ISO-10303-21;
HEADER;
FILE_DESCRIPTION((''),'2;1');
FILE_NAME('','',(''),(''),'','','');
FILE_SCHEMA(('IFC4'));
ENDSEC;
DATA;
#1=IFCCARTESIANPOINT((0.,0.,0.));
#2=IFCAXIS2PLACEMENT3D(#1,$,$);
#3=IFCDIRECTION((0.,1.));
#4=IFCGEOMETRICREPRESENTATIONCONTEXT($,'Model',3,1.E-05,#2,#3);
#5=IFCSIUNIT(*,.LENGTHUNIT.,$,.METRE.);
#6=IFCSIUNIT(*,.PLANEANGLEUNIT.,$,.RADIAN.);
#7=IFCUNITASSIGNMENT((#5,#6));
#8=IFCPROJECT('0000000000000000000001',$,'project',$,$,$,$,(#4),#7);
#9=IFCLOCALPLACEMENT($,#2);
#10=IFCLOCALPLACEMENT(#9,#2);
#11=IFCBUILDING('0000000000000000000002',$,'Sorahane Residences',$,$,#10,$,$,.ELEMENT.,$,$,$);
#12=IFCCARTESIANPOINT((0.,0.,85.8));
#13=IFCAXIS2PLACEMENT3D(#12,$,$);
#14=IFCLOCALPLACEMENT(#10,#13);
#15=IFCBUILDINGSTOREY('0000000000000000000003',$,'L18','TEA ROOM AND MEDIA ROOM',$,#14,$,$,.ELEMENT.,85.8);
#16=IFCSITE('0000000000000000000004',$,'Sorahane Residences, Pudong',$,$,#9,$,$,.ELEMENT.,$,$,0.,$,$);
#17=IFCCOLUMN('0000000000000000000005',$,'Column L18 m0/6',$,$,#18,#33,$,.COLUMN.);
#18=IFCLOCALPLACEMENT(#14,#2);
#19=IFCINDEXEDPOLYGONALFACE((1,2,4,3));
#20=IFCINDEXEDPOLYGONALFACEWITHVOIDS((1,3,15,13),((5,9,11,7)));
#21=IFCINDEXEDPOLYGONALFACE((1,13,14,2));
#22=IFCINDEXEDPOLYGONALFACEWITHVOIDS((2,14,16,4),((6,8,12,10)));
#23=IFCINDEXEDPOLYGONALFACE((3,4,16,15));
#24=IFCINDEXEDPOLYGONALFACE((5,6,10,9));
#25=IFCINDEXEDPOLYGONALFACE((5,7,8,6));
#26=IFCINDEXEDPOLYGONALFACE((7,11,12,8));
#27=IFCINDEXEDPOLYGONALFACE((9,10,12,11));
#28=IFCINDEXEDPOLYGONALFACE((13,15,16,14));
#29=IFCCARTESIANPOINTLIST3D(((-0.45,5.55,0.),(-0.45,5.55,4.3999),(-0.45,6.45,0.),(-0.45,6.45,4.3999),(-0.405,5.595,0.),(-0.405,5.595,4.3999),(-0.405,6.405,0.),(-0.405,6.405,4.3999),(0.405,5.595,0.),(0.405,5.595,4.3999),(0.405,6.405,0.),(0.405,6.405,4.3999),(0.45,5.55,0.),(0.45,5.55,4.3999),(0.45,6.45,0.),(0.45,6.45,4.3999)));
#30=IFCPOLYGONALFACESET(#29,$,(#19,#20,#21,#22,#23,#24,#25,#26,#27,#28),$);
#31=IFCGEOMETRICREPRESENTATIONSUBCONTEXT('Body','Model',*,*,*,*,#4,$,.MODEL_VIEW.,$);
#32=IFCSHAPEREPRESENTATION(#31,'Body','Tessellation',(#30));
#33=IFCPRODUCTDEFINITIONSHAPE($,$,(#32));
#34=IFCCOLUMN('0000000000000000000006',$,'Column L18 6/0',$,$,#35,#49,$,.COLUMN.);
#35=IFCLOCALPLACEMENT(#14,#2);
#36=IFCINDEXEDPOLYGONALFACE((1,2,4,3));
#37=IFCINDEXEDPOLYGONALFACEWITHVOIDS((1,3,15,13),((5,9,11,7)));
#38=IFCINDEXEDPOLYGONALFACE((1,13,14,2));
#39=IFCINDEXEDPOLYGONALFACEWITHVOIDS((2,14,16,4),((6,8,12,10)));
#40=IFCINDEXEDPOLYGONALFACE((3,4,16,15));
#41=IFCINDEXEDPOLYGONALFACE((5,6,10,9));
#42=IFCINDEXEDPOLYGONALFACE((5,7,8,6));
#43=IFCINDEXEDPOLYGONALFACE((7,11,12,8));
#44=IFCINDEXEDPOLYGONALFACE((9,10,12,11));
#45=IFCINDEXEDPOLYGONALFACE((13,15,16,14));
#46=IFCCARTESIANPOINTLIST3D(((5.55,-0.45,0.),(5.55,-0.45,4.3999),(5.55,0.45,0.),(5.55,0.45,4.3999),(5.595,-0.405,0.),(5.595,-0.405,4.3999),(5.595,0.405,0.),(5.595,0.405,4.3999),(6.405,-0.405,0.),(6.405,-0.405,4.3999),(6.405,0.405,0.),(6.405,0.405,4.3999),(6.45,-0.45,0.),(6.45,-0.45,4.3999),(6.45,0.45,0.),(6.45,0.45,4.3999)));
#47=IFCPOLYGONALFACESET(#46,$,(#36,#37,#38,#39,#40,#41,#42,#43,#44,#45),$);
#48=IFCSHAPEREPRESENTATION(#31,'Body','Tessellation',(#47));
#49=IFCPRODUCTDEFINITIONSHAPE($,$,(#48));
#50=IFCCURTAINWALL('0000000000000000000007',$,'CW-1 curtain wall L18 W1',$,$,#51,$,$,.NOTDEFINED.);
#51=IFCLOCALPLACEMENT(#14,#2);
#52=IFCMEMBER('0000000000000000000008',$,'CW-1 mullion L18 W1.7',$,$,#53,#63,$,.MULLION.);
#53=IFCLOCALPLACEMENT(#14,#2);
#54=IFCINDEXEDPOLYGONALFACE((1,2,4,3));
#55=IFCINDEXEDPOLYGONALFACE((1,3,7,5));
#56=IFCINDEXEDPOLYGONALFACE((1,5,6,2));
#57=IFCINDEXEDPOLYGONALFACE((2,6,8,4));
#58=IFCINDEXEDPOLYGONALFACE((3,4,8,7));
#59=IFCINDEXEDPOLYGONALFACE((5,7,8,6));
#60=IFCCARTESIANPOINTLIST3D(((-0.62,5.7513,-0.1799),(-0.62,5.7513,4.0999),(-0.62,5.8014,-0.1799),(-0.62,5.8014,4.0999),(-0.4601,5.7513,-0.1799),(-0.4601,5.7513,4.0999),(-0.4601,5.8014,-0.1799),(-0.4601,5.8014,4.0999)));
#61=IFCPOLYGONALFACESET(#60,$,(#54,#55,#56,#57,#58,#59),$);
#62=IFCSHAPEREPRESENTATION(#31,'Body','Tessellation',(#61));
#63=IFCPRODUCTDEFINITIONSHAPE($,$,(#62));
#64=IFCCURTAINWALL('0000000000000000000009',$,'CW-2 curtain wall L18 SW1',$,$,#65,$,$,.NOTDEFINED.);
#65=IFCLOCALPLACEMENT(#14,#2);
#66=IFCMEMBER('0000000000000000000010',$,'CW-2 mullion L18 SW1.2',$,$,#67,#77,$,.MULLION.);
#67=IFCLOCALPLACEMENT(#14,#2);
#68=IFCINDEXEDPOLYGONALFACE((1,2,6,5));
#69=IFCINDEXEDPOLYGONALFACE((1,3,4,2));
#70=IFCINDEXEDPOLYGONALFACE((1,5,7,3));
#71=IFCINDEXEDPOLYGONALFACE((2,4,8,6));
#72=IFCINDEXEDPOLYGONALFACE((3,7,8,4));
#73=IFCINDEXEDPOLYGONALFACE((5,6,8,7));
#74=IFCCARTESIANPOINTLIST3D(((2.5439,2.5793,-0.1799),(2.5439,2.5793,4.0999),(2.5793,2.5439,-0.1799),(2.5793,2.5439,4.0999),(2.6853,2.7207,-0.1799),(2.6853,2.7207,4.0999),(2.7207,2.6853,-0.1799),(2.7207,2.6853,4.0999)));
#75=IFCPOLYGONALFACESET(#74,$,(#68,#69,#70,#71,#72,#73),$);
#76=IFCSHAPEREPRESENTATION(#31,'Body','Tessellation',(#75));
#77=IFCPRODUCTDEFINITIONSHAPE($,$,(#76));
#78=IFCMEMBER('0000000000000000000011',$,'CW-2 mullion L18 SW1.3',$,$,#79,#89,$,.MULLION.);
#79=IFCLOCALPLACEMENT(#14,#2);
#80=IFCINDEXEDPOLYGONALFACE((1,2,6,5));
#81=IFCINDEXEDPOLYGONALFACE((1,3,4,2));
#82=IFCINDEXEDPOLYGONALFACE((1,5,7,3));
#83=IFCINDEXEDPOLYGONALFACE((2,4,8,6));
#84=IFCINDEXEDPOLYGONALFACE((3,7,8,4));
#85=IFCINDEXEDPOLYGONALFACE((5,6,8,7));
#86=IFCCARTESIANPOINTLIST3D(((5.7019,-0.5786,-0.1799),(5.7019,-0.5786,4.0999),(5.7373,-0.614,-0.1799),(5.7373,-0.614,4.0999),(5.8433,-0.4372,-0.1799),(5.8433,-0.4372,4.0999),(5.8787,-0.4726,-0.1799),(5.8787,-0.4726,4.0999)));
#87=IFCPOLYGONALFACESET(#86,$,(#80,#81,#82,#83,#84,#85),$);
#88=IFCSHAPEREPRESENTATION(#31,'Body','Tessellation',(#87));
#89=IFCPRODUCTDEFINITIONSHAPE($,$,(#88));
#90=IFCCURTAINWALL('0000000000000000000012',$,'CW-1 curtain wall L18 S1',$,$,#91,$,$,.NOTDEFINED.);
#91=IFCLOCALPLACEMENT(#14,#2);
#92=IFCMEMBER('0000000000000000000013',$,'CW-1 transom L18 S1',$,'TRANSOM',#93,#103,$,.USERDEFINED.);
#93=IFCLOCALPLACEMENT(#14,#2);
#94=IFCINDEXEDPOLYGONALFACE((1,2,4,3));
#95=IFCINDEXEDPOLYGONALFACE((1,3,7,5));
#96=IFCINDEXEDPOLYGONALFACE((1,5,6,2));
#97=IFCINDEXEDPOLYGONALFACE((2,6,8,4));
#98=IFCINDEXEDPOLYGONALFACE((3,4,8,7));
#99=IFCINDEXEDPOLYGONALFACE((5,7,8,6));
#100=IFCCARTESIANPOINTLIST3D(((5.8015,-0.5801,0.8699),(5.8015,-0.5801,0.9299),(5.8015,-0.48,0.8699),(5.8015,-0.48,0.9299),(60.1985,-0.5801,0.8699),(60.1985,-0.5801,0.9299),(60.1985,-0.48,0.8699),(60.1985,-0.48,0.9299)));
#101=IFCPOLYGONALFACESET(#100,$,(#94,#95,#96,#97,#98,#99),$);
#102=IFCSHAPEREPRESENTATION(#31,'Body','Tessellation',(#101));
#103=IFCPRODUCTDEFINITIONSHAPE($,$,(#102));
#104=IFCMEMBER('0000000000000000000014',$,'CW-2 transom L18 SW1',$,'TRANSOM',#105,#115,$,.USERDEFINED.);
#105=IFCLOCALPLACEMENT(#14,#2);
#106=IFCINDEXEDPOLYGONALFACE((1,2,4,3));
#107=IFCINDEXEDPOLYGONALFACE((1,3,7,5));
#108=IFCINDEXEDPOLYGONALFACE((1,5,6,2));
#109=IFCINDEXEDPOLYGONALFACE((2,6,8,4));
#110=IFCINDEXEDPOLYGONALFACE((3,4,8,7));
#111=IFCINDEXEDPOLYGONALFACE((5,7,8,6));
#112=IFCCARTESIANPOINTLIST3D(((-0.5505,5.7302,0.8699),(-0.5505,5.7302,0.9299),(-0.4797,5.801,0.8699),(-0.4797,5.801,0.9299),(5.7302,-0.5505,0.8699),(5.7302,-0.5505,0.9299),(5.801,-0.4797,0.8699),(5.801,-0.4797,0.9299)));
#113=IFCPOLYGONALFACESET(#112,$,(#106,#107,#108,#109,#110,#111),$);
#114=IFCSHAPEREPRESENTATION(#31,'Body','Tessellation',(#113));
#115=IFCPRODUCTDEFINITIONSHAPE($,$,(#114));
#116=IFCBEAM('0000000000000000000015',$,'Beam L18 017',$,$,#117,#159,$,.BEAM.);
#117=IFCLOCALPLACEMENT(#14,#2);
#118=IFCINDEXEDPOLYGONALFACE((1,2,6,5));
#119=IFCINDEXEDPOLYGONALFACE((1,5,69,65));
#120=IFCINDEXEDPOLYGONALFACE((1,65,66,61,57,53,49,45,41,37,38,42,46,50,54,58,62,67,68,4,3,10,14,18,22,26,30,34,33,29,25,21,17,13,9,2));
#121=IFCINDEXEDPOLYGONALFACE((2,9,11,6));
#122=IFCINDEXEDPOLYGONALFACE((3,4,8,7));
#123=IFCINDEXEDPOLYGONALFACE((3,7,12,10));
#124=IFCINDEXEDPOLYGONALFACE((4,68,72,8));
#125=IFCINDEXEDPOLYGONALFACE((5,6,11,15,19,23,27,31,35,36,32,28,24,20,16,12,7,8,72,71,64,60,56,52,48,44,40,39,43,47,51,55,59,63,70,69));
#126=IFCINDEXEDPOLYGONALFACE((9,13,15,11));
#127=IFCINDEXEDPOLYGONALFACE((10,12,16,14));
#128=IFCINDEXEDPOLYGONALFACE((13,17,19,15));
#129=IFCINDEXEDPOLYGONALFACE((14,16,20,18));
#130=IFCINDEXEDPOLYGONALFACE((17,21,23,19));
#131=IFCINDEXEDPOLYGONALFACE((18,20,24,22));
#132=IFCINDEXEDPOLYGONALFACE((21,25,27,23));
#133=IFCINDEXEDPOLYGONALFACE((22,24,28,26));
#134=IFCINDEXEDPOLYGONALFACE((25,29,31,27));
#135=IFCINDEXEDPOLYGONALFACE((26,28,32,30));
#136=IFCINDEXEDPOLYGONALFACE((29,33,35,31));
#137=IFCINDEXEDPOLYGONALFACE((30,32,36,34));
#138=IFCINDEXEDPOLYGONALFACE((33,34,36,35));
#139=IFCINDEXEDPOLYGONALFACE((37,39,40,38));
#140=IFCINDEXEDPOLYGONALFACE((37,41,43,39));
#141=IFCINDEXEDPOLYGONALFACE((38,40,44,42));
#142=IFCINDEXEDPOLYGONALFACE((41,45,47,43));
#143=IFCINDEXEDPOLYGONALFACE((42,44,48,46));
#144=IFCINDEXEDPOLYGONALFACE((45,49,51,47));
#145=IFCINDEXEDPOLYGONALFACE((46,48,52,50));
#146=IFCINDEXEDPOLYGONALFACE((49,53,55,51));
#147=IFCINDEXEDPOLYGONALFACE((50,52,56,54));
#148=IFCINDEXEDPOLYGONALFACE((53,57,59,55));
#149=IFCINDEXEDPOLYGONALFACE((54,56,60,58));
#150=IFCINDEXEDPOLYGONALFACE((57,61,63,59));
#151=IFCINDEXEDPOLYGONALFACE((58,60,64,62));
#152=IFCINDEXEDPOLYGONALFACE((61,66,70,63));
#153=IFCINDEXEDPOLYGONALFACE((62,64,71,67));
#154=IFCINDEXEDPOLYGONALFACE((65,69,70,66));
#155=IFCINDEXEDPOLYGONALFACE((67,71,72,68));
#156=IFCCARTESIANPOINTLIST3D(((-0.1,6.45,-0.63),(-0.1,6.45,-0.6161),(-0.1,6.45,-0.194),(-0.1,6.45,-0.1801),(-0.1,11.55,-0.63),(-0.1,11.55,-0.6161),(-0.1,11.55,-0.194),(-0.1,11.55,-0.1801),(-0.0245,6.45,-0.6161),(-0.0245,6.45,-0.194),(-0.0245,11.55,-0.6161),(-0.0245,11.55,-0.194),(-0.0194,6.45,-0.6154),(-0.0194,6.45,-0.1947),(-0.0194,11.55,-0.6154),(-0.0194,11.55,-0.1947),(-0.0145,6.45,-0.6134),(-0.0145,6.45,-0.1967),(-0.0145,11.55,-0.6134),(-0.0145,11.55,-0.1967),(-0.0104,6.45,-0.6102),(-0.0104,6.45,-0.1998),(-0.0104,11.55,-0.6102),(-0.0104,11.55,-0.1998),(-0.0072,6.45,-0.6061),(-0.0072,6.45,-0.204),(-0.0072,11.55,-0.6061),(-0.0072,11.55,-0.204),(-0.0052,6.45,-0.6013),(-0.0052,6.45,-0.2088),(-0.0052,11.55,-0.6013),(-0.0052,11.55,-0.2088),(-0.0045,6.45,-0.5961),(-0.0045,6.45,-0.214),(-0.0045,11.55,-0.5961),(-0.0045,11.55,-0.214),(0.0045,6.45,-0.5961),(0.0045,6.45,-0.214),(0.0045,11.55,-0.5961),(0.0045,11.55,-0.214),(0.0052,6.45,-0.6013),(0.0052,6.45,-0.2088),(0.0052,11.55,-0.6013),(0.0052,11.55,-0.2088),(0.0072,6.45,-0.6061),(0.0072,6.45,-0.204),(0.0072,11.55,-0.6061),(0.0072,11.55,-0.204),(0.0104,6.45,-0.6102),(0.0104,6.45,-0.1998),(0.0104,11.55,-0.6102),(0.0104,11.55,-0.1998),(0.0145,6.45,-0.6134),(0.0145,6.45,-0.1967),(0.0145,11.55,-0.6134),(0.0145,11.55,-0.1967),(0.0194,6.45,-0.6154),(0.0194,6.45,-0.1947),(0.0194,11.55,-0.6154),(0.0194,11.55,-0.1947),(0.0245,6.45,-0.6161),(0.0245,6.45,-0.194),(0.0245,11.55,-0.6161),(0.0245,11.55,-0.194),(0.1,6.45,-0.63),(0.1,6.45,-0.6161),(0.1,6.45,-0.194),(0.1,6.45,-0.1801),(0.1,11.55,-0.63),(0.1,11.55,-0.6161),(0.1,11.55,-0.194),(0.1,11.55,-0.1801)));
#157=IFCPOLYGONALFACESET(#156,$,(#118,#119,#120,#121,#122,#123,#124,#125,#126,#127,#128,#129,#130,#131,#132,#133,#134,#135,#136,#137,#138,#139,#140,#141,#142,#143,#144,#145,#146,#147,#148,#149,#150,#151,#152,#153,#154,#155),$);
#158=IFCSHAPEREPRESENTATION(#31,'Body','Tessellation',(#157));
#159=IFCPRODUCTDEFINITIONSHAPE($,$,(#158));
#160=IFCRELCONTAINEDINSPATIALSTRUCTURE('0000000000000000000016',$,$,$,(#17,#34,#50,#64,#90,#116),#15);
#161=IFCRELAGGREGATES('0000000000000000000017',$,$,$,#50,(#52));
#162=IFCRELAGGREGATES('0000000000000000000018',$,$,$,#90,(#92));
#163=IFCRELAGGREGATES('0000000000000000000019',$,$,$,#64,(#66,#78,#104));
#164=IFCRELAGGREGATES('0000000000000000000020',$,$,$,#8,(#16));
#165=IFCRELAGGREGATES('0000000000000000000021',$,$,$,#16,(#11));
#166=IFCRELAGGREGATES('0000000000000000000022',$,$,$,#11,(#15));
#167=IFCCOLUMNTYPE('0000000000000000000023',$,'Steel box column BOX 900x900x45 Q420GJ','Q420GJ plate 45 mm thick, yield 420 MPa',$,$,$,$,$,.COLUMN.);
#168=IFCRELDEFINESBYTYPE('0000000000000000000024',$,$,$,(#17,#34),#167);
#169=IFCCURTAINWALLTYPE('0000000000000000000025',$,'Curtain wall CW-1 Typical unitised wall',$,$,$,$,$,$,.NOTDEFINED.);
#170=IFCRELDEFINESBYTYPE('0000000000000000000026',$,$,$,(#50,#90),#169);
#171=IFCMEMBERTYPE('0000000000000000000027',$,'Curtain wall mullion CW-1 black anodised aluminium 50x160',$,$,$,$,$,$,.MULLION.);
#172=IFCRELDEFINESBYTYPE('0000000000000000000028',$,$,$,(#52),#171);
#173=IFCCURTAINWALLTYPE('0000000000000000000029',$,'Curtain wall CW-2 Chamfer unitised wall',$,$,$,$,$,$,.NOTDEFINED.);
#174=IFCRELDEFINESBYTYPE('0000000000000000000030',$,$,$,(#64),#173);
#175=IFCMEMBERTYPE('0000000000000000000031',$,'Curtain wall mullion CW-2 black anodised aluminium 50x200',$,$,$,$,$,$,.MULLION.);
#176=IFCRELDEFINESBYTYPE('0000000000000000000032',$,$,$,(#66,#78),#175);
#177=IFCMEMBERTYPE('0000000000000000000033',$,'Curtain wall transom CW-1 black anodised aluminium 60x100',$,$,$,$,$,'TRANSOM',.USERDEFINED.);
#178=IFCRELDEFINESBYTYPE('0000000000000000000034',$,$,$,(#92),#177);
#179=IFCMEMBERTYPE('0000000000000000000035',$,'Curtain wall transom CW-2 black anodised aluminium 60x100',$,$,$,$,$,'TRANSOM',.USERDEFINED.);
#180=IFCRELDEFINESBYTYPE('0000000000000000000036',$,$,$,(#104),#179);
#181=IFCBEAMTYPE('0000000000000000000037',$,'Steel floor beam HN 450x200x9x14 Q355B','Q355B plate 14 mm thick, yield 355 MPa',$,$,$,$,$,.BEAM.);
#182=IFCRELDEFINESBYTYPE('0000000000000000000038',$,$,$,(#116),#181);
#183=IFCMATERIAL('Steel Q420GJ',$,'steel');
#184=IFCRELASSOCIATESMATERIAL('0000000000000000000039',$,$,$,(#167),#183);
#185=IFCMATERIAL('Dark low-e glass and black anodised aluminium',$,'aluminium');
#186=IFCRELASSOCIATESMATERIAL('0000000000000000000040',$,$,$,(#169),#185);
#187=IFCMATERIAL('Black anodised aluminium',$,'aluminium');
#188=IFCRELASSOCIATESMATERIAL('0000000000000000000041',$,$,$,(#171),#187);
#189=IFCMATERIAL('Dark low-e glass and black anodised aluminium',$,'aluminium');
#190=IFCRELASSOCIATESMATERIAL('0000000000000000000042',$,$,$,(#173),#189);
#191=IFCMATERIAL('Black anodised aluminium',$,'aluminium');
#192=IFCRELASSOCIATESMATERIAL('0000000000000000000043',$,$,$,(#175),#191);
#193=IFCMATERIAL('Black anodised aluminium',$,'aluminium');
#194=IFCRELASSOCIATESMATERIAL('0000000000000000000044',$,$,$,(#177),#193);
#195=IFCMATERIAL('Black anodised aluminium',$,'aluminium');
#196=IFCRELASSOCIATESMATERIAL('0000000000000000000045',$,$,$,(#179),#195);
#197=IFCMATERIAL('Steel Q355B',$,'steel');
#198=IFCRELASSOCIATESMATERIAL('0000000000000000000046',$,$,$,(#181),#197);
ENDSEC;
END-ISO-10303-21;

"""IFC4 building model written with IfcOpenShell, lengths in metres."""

from ifc_helpers import new_model, si_unit, direction, frame, origin, origin_2d, place, context, subcontext, project, spatial, rectangle, hollow_rectangle, i_section, extrude, material, material_profile, profile_set, type_object, element, aggregate, save


model = new_model("IFC4")

# Units and contexts
model_context = context("Model", 3, precision=1e-05, world=origin(), true_north=direction((0.0, 1.0)))
body_context = subcontext(model_context, "Body", "Model", "MODEL_VIEW")
ifc_project = project(units=[si_unit("LENGTHUNIT", "METRE"), si_unit("PLANEANGLEUNIT", "RADIAN")], contexts=[model_context])

# Site, building, storey
site_placement = place(None, origin())
site = spatial("IfcSite", under=ifc_project, at=site_placement, Name="Sorahane Residences, Pudong", CompositionType="ELEMENT", RefElevation=0.0)
building_placement = place(site_placement, origin())
building = spatial("IfcBuilding", under=site, at=building_placement, Name="Sorahane Residences", CompositionType="ELEMENT")
storey_placement = place(building_placement, frame((0.0, 0.0, 85.8)))
storey = spatial("IfcBuildingStorey", under=building, at=storey_placement, Name="L18", Description="TEA ROOM AND MEDIA ROOM", CompositionType="ELEMENT", Elevation=85.8)

# Columns
ifc_material_1 = material(Name="Steel Q420GJ", Category="steel")
ifc_material_profile_1 = material_profile(ifc_material_1, hollow_rectangle(XDim=0.8999, YDim=0.8999, WallThickness=0.0449, at=origin_2d()), Name="BOX 900x900x45")
ifc_profile_set_1 = profile_set([ifc_material_profile_1], Name="Steel Q420GJ")
column_type = type_object("IfcColumnType", Name="Steel box column BOX 900x900x45 Q420GJ", Description="Q420GJ plate 45 mm thick, yield 420 MPa", PredefinedType="COLUMN", material=ifc_profile_set_1)
for number, where, z_axis, x_axis, name in (
    (1, (0.0, 6.0, 0.0), (0.0, 0.0, 1.0), (1.0, 0.0, 0.0), "Column L18 m0/6"),
    (2, (6.0, 0.0, 0.0), (0.0, 0.0, 1.0), (1.0, 0.0, 0.0), "Column L18 6/0"),
):
    element("IfcColumn", number, at=place(storey_placement, frame(where, z_axis=z_axis, x_axis=x_axis)), inside=storey, type_object=column_type, Name=name, PredefinedType="COLUMN", context=body_context, shape_type="SweptSolid", body=[
        extrude(hollow_rectangle(XDim=0.8999, YDim=0.8999, WallThickness=0.0449, at=origin_2d()), origin(), (0.0, 0.0, 1.0), 4.3999),
    ])

# Curtain wall, member
ifc_material_2 = material(Name="Dark low-e glass and black anodised aluminium", Category="aluminium")
curtain_wall_type_1 = type_object("IfcCurtainWallType", Name="Curtain wall CW-1 Typical unitised wall", PredefinedType="NOTDEFINED", material=ifc_material_2)
curtain_wall_1_placement = place(storey_placement, origin())
curtain_wall_1 = element("IfcCurtainWall", 3, at=curtain_wall_1_placement, inside=storey, type_object=curtain_wall_type_1, Name="CW-1 curtain wall L18 W1", PredefinedType="NOTDEFINED")
ifc_material_3 = material(Name="Black anodised aluminium", Category="aluminium")
ifc_material_profile_2 = material_profile(ifc_material_3, rectangle(XDim=0.1599, YDim=0.05, at=origin_2d()), Name="Curtain wall mullion CW-1 black anodised aluminium 50x160")
ifc_profile_set_2 = profile_set([ifc_material_profile_2], Name="Black anodised aluminium")
member_type_1 = type_object("IfcMemberType", Name="Curtain wall mullion CW-1 black anodised aluminium 50x160", PredefinedType="MULLION", material=ifc_profile_set_2)
member_1_placement = place(storey_placement, frame((-0.54, 5.7764, -0.1799), z_axis=(0.0, 0.0, 1.0), x_axis=(-1.0, 0.0, 0.0)))
member_1 = element("IfcMember", 4, at=member_1_placement, type_object=member_type_1, Name="CW-1 mullion L18 W1.7", PredefinedType="MULLION", context=body_context, shape_type="SweptSolid", body=[
    extrude(rectangle(XDim=0.1599, YDim=0.05, at=origin_2d()), origin(), (0.0, 0.0, 1.0), 4.2798),
])
aggregate(curtain_wall_1, [member_1])

# Curtain wall, members
ifc_material_4 = material(Name="Dark low-e glass and black anodised aluminium", Category="aluminium")
curtain_wall_type_2 = type_object("IfcCurtainWallType", Name="Curtain wall CW-2 Chamfer unitised wall", PredefinedType="NOTDEFINED", material=ifc_material_4)
curtain_wall_2_placement = place(storey_placement, origin())
curtain_wall_2 = element("IfcCurtainWall", 5, at=curtain_wall_2_placement, inside=storey, type_object=curtain_wall_type_2, Name="CW-2 curtain wall L18 SW1", PredefinedType="NOTDEFINED")
ifc_material_5 = material(Name="Black anodised aluminium", Category="aluminium")
ifc_material_profile_3 = material_profile(ifc_material_5, rectangle(XDim=0.2, YDim=0.05, at=origin_2d()), Name="Curtain wall mullion CW-2 black anodised aluminium 50x200")
ifc_profile_set_3 = profile_set([ifc_material_profile_3], Name="Black anodised aluminium")
member_type_2 = type_object("IfcMemberType", Name="Curtain wall mullion CW-2 black anodised aluminium 50x200", PredefinedType="MULLION", material=ifc_profile_set_3)
member_2_placement = place(storey_placement, frame((2.6323, 2.6323, -0.1799), z_axis=(0.0, 0.0, 1.0), x_axis=(-0.707107, -0.707107, 0.0)))
member_2 = element("IfcMember", 6, at=member_2_placement, type_object=member_type_2, Name="CW-2 mullion L18 SW1.2", PredefinedType="MULLION", context=body_context, shape_type="SweptSolid", body=[
    extrude(rectangle(XDim=0.2, YDim=0.05, at=origin_2d()), origin(), (0.0, 0.0, 1.0), 4.2798),
])
member_3_placement = place(storey_placement, frame((5.7903, -0.5256, -0.1799), z_axis=(0.0, 0.0, 1.0), x_axis=(-0.707107, -0.707107, 0.0)))
member_3 = element("IfcMember", 7, at=member_3_placement, type_object=member_type_2, Name="CW-2 mullion L18 SW1.3", PredefinedType="MULLION", context=body_context, shape_type="SweptSolid", body=[
    extrude(rectangle(XDim=0.2, YDim=0.05, at=origin_2d()), origin(), (0.0, 0.0, 1.0), 4.2798),
])

# Curtain wall, member
curtain_wall_3_placement = place(storey_placement, origin())
curtain_wall_3 = element("IfcCurtainWall", 8, at=curtain_wall_3_placement, inside=storey, type_object=curtain_wall_type_1, Name="CW-1 curtain wall L18 S1", PredefinedType="NOTDEFINED")
ifc_material_6 = material(Name="Black anodised aluminium", Category="aluminium")
ifc_material_profile_4 = material_profile(ifc_material_6, rectangle(XDim=0.1001, YDim=0.0601, at=origin_2d()), Name="Curtain wall transom CW-1 black anodised aluminium 60x100")
ifc_profile_set_4 = profile_set([ifc_material_profile_4], Name="Black anodised aluminium")
member_type_3 = type_object("IfcMemberType", Name="Curtain wall transom CW-1 black anodised aluminium 60x100", ElementType="TRANSOM", PredefinedType="USERDEFINED", material=ifc_profile_set_4)
member_4_placement = place(storey_placement, frame((5.8015, -0.53, 0.8999), z_axis=(1.0, 0.0, 0.0), x_axis=(0.0, 1.0, 0.0)))
member_4 = element("IfcMember", 9, at=member_4_placement, type_object=member_type_3, Name="CW-1 transom L18 S1", ObjectType="TRANSOM", PredefinedType="USERDEFINED", context=body_context, shape_type="SweptSolid", body=[
    extrude(rectangle(XDim=0.1001, YDim=0.0601, at=origin_2d()), origin(), (0.0, 0.0, 1.0), 54.397),
])
aggregate(curtain_wall_3, [member_4])

# Member
ifc_material_7 = material(Name="Black anodised aluminium", Category="aluminium")
ifc_material_profile_5 = material_profile(ifc_material_7, rectangle(XDim=0.1001, YDim=0.0601, at=origin_2d()), Name="Curtain wall transom CW-2 black anodised aluminium 60x100")
ifc_profile_set_5 = profile_set([ifc_material_profile_5], Name="Black anodised aluminium")
member_type_4 = type_object("IfcMemberType", Name="Curtain wall transom CW-2 black anodised aluminium 60x100", ElementType="TRANSOM", PredefinedType="USERDEFINED", material=ifc_profile_set_5)
member_5_placement = place(storey_placement, frame((-0.5151, 5.7656, 0.8999), z_axis=(0.707107, -0.707107, 0.0), x_axis=(0.707107, 0.707107, 0.0)))
member_5 = element("IfcMember", 10, at=member_5_placement, type_object=member_type_4, Name="CW-2 transom L18 SW1", ObjectType="TRANSOM", PredefinedType="USERDEFINED", context=body_context, shape_type="SweptSolid", body=[
    extrude(rectangle(XDim=0.1001, YDim=0.0601, at=origin_2d()), origin(), (0.0, 0.0, 1.0), 8.8823),
])

# Beam
ifc_material_8 = material(Name="Steel Q355B", Category="steel")
ifc_material_profile_6 = material_profile(ifc_material_8, i_section(OverallWidth=0.2, OverallDepth=0.45, WebThickness=0.009, FlangeThickness=0.0139, FilletRadius=0.02, at=origin_2d()), Name="HN 450x200x9x14")
ifc_profile_set_6 = profile_set([ifc_material_profile_6], Name="Steel Q355B")
beam_type_1 = type_object("IfcBeamType", Name="Steel floor beam HN 450x200x9x14 Q355B", Description="Q355B plate 14 mm thick, yield 355 MPa", PredefinedType="BEAM", material=ifc_profile_set_6)
beam_1_placement = place(storey_placement, frame((0.0, 6.45, -0.405), z_axis=(0.0, 1.0, 0.0), x_axis=(-1.0, 0.0, 0.0)))
element("IfcBeam", 11, at=beam_1_placement, inside=storey, type_object=beam_type_1, Name="Beam L18 017", PredefinedType="BEAM", context=body_context, shape_type="SweptSolid", body=[
    extrude(i_section(OverallWidth=0.2, OverallDepth=0.45, WebThickness=0.009, FlangeThickness=0.0139, FilletRadius=0.02, at=origin_2d()), origin(), (0.0, 0.0, 1.0), 5.1001),
])

aggregate(curtain_wall_2, [member_2, member_3, member_5])

save(model, "model.ifc")
